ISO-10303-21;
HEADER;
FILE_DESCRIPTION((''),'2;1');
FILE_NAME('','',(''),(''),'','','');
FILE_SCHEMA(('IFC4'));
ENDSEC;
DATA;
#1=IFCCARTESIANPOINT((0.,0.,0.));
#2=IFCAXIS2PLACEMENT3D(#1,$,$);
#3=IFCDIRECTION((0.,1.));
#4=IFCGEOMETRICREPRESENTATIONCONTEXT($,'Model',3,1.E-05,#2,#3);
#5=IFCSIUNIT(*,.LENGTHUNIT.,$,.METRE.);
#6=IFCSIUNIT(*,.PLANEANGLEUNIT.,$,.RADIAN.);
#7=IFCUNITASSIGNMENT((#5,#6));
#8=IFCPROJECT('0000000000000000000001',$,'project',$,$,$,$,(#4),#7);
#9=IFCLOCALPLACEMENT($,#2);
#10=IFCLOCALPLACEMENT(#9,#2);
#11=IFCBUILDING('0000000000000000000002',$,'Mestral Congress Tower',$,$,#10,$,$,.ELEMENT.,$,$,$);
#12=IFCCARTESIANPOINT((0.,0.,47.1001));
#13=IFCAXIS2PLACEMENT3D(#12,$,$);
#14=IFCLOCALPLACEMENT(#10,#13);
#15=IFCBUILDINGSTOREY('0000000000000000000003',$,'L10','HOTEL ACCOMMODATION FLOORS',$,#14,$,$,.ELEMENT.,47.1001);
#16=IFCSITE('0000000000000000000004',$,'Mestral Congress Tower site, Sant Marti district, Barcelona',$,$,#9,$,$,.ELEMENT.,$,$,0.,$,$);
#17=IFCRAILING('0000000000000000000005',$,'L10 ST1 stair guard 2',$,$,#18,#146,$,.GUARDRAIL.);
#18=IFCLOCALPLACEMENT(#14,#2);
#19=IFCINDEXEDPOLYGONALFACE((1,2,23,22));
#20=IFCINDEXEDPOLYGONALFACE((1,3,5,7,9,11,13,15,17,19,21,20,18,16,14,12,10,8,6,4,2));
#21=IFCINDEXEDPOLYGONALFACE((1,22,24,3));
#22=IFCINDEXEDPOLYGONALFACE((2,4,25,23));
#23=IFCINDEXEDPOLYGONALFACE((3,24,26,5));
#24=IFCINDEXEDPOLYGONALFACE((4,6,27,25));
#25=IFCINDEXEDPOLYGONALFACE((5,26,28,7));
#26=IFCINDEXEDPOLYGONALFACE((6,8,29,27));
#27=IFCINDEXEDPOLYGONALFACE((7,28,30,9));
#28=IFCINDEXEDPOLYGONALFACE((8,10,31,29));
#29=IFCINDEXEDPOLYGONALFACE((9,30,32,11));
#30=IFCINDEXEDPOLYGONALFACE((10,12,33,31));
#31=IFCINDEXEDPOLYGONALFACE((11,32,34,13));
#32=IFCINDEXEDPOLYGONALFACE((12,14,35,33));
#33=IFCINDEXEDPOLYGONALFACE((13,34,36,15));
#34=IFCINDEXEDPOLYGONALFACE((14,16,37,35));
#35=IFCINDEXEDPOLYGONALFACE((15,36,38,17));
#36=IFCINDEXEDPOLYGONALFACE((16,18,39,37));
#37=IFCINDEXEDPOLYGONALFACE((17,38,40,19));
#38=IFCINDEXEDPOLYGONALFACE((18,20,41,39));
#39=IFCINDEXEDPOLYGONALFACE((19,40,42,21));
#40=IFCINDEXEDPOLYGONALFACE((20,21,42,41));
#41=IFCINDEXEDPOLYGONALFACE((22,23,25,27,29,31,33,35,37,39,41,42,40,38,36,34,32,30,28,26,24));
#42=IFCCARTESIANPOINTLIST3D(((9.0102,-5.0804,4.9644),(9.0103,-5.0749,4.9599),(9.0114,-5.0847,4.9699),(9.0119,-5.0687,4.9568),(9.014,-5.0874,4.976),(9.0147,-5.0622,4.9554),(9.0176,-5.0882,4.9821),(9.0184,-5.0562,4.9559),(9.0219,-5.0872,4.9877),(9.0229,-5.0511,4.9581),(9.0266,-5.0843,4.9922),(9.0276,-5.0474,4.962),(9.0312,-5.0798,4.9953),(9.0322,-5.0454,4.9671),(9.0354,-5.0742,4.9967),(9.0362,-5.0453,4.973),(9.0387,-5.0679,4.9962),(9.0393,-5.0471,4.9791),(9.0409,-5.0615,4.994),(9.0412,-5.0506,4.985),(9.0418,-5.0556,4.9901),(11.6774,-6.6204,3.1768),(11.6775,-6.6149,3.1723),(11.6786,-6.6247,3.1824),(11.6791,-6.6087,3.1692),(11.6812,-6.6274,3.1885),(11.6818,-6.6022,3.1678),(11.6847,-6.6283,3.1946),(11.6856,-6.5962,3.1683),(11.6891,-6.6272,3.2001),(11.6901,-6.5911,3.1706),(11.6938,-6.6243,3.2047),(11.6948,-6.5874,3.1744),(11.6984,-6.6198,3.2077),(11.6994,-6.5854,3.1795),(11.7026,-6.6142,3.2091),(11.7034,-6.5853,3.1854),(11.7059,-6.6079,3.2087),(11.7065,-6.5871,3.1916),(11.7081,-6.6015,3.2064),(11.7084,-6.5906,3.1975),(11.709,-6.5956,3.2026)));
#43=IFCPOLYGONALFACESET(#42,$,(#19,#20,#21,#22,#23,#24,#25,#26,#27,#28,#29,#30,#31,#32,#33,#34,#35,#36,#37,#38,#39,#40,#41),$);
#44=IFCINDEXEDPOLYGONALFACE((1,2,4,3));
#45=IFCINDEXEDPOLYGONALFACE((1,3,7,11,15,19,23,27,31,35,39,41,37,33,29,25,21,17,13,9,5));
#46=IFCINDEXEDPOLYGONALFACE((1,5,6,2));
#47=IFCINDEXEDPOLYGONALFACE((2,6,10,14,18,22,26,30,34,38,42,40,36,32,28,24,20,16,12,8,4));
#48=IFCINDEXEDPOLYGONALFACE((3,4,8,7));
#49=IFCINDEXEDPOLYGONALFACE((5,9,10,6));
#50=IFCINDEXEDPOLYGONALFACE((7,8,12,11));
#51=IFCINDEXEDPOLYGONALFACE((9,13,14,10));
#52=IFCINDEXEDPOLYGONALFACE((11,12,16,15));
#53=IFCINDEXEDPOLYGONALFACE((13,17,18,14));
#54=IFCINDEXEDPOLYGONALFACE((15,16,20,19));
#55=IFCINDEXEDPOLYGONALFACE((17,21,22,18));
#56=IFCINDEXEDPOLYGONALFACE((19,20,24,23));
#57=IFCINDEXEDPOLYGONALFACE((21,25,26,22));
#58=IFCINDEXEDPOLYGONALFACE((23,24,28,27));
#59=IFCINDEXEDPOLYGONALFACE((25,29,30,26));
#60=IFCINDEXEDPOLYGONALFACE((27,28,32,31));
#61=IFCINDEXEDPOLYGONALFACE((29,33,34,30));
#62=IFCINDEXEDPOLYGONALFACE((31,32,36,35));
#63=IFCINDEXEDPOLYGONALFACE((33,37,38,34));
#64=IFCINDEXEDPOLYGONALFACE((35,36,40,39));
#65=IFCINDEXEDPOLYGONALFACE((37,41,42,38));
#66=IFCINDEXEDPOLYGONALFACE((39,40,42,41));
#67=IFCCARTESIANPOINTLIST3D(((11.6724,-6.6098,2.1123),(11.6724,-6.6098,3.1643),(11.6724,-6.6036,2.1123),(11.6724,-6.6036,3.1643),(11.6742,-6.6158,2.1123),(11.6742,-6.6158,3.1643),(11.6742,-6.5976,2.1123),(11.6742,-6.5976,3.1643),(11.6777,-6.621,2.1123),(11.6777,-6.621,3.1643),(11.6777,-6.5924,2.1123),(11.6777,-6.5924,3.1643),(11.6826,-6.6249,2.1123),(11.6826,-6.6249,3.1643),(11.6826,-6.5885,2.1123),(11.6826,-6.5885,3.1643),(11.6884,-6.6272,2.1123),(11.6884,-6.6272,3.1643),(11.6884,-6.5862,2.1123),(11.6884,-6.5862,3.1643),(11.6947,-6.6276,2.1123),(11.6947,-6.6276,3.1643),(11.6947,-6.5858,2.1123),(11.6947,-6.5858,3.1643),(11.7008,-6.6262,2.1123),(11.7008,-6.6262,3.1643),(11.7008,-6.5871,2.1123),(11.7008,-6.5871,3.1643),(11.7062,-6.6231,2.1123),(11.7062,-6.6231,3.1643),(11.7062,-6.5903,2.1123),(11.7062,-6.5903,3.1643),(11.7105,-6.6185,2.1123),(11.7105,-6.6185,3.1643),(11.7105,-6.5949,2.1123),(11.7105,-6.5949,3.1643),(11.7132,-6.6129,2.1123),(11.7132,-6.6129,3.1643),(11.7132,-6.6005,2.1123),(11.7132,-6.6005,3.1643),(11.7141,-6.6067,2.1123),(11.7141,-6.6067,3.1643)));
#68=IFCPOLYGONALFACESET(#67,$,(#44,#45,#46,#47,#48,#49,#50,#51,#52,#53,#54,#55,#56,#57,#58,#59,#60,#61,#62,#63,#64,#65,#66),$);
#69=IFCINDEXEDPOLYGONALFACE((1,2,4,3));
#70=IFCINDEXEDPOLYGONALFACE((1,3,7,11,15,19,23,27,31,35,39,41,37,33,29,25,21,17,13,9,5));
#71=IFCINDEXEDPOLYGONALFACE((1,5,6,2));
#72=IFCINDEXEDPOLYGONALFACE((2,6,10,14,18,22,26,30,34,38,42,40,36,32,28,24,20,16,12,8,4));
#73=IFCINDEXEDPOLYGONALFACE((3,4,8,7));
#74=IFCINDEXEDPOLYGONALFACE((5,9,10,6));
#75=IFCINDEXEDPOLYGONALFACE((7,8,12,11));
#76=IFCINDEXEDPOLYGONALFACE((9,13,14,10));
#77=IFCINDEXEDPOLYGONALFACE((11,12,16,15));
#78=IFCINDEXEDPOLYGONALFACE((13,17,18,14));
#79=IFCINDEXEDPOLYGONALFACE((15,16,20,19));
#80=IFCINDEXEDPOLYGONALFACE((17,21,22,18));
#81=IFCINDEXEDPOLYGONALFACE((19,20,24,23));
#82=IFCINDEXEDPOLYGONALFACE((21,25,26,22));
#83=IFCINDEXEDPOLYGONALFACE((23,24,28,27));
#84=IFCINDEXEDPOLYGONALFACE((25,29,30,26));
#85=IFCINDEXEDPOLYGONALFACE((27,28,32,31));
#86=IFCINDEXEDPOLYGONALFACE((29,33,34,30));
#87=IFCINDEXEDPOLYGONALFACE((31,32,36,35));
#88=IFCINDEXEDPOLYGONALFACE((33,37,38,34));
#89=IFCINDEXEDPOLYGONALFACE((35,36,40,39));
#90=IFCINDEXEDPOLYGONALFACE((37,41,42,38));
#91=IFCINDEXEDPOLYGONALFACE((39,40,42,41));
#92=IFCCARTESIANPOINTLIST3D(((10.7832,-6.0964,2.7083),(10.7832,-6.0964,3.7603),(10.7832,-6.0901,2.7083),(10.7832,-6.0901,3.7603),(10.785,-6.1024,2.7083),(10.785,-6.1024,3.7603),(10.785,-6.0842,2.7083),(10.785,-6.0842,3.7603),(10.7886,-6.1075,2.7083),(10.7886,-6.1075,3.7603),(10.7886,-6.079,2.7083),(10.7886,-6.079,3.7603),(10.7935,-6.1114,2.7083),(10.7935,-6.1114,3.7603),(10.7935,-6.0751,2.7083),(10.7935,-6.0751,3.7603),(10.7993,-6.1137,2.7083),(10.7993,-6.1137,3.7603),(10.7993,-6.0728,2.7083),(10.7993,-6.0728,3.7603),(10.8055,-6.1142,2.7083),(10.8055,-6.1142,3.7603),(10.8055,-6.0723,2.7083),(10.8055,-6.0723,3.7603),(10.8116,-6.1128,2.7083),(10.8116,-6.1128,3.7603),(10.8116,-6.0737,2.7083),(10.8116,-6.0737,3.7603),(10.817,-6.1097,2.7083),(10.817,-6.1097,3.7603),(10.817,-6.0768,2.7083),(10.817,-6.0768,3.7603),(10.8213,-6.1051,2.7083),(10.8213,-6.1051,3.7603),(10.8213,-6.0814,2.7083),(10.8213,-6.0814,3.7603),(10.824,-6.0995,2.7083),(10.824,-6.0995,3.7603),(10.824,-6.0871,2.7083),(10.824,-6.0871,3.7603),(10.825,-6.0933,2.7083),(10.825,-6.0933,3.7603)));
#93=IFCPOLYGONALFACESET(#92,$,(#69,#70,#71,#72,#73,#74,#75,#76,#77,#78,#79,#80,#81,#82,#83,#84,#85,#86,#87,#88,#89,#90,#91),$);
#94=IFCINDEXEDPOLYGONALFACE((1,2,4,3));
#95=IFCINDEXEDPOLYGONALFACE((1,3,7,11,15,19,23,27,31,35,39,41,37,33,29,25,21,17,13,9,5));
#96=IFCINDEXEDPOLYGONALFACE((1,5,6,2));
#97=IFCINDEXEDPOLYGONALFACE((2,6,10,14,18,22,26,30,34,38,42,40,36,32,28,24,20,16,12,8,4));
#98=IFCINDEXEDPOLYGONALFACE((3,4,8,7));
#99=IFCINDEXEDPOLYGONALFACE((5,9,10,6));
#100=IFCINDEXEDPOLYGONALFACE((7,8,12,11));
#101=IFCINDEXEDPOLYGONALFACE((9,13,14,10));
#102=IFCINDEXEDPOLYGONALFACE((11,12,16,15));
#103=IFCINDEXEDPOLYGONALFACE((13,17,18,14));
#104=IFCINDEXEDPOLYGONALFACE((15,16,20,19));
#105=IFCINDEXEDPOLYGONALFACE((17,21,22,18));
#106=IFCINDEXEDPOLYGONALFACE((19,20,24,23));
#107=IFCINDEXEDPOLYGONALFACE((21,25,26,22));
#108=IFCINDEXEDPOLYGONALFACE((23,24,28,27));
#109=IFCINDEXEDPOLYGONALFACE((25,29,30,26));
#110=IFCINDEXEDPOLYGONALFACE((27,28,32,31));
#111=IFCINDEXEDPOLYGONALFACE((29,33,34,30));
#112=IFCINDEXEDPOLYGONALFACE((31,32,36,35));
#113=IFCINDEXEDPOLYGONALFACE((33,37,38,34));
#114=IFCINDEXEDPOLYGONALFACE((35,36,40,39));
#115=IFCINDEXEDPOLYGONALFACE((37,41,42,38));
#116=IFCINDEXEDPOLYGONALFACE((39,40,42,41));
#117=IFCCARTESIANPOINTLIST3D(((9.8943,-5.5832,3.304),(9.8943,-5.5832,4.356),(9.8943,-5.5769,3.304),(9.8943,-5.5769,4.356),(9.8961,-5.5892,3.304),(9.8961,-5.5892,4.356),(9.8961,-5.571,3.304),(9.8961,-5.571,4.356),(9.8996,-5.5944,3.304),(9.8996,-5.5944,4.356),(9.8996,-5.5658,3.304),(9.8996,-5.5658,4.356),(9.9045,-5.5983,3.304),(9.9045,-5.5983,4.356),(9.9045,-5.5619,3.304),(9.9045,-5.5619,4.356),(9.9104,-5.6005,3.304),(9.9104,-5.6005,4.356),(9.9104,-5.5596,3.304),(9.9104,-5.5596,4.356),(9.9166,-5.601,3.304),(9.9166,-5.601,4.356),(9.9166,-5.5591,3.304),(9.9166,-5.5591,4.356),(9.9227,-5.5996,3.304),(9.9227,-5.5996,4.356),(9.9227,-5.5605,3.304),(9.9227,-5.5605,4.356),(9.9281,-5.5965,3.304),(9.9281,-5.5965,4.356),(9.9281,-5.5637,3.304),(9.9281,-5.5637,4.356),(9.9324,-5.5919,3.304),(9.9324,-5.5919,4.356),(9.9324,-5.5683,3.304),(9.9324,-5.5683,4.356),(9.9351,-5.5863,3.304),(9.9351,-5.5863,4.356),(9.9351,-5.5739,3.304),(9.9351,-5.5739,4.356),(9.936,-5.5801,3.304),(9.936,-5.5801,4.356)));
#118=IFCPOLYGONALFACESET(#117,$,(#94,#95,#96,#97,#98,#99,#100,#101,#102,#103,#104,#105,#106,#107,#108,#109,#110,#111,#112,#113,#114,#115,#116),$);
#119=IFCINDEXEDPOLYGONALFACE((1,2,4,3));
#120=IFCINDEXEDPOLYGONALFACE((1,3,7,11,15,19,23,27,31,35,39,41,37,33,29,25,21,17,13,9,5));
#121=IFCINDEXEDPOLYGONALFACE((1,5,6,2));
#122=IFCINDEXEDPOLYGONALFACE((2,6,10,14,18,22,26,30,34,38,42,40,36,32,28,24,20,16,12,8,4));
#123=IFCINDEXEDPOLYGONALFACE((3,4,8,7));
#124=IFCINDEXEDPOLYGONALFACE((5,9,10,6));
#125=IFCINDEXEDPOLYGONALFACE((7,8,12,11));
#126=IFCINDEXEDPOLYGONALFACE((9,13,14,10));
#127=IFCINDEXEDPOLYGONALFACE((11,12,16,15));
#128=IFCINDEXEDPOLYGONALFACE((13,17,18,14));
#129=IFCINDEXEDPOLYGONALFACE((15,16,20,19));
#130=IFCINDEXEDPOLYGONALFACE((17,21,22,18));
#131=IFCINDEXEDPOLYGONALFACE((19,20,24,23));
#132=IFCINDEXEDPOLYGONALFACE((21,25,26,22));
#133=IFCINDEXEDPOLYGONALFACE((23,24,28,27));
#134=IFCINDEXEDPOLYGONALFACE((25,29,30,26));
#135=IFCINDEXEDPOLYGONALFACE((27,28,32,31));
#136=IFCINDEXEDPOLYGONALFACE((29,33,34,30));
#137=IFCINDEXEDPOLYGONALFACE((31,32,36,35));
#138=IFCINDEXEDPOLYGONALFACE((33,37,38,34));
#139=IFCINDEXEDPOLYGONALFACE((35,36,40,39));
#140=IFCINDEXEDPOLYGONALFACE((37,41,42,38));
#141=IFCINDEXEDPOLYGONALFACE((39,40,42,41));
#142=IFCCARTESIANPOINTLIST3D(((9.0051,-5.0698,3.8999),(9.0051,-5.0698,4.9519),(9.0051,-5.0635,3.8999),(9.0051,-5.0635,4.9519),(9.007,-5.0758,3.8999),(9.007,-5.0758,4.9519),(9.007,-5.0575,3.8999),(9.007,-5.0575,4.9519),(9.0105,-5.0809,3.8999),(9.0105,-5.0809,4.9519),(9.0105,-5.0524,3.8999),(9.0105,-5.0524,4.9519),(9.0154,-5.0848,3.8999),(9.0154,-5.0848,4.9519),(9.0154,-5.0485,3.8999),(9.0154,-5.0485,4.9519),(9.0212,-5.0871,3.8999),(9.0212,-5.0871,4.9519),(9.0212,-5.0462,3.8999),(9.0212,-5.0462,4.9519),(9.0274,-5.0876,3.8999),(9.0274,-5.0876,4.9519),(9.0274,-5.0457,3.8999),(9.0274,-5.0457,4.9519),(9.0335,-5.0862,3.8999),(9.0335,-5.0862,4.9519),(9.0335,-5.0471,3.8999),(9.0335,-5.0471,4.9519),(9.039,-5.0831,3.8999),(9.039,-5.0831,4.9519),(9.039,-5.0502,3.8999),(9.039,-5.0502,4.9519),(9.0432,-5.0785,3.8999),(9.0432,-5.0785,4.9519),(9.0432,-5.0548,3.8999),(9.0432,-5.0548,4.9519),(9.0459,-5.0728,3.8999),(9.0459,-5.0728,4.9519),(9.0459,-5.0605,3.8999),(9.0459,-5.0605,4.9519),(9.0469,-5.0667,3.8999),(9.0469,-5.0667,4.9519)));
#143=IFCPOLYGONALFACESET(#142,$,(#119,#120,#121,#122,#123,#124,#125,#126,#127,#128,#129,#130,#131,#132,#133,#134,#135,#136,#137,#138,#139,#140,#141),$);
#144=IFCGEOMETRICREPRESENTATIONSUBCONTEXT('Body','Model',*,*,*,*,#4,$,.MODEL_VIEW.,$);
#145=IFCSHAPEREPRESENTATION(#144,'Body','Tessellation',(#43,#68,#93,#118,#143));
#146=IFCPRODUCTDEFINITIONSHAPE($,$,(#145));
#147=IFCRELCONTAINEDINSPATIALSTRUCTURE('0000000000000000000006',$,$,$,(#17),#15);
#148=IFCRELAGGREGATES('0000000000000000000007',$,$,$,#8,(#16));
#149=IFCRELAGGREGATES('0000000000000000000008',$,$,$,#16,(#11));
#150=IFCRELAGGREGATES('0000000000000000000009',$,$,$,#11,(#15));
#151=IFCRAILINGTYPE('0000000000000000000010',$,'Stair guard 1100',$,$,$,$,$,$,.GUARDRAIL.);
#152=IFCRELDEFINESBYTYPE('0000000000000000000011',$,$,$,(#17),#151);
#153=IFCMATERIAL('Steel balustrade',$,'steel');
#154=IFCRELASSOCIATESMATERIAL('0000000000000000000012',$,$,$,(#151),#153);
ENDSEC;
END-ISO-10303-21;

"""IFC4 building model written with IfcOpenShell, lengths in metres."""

from ifc_helpers import new_model, si_unit, direction, frame, origin, origin_2d, place, context, subcontext, project, spatial, circle, extrude, material, type_object, element, save


model = new_model("IFC4")

# Units and contexts
model_context = context("Model", 3, precision=1e-05, world=origin(), true_north=direction((0.0, 1.0)))
body_context = subcontext(model_context, "Body", "Model", "MODEL_VIEW")
ifc_project = project(units=[si_unit("LENGTHUNIT", "METRE"), si_unit("PLANEANGLEUNIT", "RADIAN")], contexts=[model_context])

# Site, building, storey
site_placement = place(None, origin())
site = spatial("IfcSite", under=ifc_project, at=site_placement, Name="Mestral Congress Tower site, Sant Marti district, Barcelona", CompositionType="ELEMENT", RefElevation=0.0)
building_placement = place(site_placement, origin())
building = spatial("IfcBuilding", under=site, at=building_placement, Name="Mestral Congress Tower", CompositionType="ELEMENT")
storey_placement = place(building_placement, frame((0.0, 0.0, 47.1001)))
storey = spatial("IfcBuildingStorey", under=building, at=storey_placement, Name="L10", Description="HOTEL ACCOMMODATION FLOORS", CompositionType="ELEMENT", Elevation=47.1001)

# Railing
ifc_material_1 = material(Name="Steel balustrade", Category="steel")
railing_type_1 = type_object("IfcRailingType", Name="Stair guard 1100", PredefinedType="GUARDRAIL", material=ifc_material_1)
railing_1_placement = place(storey_placement, frame((11.6931, -6.6067, 2.1123)))
element("IfcRailing", 1, at=railing_1_placement, inside=storey, type_object=railing_type_1, Name="L10 ST1 stair guard 2", PredefinedType="GUARDRAIL", context=body_context, shape_type="SweptSolid", body=[
    extrude(circle(Radius=0.0239, at=origin_2d()), frame((0.0, 0.0, 1.0762), z_axis=(-0.748994, 0.432463, 0.50198), x_axis=(-0.500027, -0.86601, 0.0)), (0.0, 0.0, 1.0), 3.561),
    extrude(circle(Radius=0.021, at=origin_2d()), origin(), (0.0, 0.0, 1.0), 1.052),
    extrude(circle(Radius=0.021, at=origin_2d()), frame((-0.8892, 0.5134, 0.5959)), (0.0, 0.0, 1.0), 1.052),
    extrude(circle(Radius=0.021, at=origin_2d()), frame((-1.7781, 1.0266, 1.1917)), (0.0, 0.0, 1.0), 1.052),
    extrude(circle(Radius=0.021, at=origin_2d()), frame((-2.6672, 1.54, 1.7876)), (0.0, 0.0, 1.0), 1.052),
])

save(model, "model.ifc")
